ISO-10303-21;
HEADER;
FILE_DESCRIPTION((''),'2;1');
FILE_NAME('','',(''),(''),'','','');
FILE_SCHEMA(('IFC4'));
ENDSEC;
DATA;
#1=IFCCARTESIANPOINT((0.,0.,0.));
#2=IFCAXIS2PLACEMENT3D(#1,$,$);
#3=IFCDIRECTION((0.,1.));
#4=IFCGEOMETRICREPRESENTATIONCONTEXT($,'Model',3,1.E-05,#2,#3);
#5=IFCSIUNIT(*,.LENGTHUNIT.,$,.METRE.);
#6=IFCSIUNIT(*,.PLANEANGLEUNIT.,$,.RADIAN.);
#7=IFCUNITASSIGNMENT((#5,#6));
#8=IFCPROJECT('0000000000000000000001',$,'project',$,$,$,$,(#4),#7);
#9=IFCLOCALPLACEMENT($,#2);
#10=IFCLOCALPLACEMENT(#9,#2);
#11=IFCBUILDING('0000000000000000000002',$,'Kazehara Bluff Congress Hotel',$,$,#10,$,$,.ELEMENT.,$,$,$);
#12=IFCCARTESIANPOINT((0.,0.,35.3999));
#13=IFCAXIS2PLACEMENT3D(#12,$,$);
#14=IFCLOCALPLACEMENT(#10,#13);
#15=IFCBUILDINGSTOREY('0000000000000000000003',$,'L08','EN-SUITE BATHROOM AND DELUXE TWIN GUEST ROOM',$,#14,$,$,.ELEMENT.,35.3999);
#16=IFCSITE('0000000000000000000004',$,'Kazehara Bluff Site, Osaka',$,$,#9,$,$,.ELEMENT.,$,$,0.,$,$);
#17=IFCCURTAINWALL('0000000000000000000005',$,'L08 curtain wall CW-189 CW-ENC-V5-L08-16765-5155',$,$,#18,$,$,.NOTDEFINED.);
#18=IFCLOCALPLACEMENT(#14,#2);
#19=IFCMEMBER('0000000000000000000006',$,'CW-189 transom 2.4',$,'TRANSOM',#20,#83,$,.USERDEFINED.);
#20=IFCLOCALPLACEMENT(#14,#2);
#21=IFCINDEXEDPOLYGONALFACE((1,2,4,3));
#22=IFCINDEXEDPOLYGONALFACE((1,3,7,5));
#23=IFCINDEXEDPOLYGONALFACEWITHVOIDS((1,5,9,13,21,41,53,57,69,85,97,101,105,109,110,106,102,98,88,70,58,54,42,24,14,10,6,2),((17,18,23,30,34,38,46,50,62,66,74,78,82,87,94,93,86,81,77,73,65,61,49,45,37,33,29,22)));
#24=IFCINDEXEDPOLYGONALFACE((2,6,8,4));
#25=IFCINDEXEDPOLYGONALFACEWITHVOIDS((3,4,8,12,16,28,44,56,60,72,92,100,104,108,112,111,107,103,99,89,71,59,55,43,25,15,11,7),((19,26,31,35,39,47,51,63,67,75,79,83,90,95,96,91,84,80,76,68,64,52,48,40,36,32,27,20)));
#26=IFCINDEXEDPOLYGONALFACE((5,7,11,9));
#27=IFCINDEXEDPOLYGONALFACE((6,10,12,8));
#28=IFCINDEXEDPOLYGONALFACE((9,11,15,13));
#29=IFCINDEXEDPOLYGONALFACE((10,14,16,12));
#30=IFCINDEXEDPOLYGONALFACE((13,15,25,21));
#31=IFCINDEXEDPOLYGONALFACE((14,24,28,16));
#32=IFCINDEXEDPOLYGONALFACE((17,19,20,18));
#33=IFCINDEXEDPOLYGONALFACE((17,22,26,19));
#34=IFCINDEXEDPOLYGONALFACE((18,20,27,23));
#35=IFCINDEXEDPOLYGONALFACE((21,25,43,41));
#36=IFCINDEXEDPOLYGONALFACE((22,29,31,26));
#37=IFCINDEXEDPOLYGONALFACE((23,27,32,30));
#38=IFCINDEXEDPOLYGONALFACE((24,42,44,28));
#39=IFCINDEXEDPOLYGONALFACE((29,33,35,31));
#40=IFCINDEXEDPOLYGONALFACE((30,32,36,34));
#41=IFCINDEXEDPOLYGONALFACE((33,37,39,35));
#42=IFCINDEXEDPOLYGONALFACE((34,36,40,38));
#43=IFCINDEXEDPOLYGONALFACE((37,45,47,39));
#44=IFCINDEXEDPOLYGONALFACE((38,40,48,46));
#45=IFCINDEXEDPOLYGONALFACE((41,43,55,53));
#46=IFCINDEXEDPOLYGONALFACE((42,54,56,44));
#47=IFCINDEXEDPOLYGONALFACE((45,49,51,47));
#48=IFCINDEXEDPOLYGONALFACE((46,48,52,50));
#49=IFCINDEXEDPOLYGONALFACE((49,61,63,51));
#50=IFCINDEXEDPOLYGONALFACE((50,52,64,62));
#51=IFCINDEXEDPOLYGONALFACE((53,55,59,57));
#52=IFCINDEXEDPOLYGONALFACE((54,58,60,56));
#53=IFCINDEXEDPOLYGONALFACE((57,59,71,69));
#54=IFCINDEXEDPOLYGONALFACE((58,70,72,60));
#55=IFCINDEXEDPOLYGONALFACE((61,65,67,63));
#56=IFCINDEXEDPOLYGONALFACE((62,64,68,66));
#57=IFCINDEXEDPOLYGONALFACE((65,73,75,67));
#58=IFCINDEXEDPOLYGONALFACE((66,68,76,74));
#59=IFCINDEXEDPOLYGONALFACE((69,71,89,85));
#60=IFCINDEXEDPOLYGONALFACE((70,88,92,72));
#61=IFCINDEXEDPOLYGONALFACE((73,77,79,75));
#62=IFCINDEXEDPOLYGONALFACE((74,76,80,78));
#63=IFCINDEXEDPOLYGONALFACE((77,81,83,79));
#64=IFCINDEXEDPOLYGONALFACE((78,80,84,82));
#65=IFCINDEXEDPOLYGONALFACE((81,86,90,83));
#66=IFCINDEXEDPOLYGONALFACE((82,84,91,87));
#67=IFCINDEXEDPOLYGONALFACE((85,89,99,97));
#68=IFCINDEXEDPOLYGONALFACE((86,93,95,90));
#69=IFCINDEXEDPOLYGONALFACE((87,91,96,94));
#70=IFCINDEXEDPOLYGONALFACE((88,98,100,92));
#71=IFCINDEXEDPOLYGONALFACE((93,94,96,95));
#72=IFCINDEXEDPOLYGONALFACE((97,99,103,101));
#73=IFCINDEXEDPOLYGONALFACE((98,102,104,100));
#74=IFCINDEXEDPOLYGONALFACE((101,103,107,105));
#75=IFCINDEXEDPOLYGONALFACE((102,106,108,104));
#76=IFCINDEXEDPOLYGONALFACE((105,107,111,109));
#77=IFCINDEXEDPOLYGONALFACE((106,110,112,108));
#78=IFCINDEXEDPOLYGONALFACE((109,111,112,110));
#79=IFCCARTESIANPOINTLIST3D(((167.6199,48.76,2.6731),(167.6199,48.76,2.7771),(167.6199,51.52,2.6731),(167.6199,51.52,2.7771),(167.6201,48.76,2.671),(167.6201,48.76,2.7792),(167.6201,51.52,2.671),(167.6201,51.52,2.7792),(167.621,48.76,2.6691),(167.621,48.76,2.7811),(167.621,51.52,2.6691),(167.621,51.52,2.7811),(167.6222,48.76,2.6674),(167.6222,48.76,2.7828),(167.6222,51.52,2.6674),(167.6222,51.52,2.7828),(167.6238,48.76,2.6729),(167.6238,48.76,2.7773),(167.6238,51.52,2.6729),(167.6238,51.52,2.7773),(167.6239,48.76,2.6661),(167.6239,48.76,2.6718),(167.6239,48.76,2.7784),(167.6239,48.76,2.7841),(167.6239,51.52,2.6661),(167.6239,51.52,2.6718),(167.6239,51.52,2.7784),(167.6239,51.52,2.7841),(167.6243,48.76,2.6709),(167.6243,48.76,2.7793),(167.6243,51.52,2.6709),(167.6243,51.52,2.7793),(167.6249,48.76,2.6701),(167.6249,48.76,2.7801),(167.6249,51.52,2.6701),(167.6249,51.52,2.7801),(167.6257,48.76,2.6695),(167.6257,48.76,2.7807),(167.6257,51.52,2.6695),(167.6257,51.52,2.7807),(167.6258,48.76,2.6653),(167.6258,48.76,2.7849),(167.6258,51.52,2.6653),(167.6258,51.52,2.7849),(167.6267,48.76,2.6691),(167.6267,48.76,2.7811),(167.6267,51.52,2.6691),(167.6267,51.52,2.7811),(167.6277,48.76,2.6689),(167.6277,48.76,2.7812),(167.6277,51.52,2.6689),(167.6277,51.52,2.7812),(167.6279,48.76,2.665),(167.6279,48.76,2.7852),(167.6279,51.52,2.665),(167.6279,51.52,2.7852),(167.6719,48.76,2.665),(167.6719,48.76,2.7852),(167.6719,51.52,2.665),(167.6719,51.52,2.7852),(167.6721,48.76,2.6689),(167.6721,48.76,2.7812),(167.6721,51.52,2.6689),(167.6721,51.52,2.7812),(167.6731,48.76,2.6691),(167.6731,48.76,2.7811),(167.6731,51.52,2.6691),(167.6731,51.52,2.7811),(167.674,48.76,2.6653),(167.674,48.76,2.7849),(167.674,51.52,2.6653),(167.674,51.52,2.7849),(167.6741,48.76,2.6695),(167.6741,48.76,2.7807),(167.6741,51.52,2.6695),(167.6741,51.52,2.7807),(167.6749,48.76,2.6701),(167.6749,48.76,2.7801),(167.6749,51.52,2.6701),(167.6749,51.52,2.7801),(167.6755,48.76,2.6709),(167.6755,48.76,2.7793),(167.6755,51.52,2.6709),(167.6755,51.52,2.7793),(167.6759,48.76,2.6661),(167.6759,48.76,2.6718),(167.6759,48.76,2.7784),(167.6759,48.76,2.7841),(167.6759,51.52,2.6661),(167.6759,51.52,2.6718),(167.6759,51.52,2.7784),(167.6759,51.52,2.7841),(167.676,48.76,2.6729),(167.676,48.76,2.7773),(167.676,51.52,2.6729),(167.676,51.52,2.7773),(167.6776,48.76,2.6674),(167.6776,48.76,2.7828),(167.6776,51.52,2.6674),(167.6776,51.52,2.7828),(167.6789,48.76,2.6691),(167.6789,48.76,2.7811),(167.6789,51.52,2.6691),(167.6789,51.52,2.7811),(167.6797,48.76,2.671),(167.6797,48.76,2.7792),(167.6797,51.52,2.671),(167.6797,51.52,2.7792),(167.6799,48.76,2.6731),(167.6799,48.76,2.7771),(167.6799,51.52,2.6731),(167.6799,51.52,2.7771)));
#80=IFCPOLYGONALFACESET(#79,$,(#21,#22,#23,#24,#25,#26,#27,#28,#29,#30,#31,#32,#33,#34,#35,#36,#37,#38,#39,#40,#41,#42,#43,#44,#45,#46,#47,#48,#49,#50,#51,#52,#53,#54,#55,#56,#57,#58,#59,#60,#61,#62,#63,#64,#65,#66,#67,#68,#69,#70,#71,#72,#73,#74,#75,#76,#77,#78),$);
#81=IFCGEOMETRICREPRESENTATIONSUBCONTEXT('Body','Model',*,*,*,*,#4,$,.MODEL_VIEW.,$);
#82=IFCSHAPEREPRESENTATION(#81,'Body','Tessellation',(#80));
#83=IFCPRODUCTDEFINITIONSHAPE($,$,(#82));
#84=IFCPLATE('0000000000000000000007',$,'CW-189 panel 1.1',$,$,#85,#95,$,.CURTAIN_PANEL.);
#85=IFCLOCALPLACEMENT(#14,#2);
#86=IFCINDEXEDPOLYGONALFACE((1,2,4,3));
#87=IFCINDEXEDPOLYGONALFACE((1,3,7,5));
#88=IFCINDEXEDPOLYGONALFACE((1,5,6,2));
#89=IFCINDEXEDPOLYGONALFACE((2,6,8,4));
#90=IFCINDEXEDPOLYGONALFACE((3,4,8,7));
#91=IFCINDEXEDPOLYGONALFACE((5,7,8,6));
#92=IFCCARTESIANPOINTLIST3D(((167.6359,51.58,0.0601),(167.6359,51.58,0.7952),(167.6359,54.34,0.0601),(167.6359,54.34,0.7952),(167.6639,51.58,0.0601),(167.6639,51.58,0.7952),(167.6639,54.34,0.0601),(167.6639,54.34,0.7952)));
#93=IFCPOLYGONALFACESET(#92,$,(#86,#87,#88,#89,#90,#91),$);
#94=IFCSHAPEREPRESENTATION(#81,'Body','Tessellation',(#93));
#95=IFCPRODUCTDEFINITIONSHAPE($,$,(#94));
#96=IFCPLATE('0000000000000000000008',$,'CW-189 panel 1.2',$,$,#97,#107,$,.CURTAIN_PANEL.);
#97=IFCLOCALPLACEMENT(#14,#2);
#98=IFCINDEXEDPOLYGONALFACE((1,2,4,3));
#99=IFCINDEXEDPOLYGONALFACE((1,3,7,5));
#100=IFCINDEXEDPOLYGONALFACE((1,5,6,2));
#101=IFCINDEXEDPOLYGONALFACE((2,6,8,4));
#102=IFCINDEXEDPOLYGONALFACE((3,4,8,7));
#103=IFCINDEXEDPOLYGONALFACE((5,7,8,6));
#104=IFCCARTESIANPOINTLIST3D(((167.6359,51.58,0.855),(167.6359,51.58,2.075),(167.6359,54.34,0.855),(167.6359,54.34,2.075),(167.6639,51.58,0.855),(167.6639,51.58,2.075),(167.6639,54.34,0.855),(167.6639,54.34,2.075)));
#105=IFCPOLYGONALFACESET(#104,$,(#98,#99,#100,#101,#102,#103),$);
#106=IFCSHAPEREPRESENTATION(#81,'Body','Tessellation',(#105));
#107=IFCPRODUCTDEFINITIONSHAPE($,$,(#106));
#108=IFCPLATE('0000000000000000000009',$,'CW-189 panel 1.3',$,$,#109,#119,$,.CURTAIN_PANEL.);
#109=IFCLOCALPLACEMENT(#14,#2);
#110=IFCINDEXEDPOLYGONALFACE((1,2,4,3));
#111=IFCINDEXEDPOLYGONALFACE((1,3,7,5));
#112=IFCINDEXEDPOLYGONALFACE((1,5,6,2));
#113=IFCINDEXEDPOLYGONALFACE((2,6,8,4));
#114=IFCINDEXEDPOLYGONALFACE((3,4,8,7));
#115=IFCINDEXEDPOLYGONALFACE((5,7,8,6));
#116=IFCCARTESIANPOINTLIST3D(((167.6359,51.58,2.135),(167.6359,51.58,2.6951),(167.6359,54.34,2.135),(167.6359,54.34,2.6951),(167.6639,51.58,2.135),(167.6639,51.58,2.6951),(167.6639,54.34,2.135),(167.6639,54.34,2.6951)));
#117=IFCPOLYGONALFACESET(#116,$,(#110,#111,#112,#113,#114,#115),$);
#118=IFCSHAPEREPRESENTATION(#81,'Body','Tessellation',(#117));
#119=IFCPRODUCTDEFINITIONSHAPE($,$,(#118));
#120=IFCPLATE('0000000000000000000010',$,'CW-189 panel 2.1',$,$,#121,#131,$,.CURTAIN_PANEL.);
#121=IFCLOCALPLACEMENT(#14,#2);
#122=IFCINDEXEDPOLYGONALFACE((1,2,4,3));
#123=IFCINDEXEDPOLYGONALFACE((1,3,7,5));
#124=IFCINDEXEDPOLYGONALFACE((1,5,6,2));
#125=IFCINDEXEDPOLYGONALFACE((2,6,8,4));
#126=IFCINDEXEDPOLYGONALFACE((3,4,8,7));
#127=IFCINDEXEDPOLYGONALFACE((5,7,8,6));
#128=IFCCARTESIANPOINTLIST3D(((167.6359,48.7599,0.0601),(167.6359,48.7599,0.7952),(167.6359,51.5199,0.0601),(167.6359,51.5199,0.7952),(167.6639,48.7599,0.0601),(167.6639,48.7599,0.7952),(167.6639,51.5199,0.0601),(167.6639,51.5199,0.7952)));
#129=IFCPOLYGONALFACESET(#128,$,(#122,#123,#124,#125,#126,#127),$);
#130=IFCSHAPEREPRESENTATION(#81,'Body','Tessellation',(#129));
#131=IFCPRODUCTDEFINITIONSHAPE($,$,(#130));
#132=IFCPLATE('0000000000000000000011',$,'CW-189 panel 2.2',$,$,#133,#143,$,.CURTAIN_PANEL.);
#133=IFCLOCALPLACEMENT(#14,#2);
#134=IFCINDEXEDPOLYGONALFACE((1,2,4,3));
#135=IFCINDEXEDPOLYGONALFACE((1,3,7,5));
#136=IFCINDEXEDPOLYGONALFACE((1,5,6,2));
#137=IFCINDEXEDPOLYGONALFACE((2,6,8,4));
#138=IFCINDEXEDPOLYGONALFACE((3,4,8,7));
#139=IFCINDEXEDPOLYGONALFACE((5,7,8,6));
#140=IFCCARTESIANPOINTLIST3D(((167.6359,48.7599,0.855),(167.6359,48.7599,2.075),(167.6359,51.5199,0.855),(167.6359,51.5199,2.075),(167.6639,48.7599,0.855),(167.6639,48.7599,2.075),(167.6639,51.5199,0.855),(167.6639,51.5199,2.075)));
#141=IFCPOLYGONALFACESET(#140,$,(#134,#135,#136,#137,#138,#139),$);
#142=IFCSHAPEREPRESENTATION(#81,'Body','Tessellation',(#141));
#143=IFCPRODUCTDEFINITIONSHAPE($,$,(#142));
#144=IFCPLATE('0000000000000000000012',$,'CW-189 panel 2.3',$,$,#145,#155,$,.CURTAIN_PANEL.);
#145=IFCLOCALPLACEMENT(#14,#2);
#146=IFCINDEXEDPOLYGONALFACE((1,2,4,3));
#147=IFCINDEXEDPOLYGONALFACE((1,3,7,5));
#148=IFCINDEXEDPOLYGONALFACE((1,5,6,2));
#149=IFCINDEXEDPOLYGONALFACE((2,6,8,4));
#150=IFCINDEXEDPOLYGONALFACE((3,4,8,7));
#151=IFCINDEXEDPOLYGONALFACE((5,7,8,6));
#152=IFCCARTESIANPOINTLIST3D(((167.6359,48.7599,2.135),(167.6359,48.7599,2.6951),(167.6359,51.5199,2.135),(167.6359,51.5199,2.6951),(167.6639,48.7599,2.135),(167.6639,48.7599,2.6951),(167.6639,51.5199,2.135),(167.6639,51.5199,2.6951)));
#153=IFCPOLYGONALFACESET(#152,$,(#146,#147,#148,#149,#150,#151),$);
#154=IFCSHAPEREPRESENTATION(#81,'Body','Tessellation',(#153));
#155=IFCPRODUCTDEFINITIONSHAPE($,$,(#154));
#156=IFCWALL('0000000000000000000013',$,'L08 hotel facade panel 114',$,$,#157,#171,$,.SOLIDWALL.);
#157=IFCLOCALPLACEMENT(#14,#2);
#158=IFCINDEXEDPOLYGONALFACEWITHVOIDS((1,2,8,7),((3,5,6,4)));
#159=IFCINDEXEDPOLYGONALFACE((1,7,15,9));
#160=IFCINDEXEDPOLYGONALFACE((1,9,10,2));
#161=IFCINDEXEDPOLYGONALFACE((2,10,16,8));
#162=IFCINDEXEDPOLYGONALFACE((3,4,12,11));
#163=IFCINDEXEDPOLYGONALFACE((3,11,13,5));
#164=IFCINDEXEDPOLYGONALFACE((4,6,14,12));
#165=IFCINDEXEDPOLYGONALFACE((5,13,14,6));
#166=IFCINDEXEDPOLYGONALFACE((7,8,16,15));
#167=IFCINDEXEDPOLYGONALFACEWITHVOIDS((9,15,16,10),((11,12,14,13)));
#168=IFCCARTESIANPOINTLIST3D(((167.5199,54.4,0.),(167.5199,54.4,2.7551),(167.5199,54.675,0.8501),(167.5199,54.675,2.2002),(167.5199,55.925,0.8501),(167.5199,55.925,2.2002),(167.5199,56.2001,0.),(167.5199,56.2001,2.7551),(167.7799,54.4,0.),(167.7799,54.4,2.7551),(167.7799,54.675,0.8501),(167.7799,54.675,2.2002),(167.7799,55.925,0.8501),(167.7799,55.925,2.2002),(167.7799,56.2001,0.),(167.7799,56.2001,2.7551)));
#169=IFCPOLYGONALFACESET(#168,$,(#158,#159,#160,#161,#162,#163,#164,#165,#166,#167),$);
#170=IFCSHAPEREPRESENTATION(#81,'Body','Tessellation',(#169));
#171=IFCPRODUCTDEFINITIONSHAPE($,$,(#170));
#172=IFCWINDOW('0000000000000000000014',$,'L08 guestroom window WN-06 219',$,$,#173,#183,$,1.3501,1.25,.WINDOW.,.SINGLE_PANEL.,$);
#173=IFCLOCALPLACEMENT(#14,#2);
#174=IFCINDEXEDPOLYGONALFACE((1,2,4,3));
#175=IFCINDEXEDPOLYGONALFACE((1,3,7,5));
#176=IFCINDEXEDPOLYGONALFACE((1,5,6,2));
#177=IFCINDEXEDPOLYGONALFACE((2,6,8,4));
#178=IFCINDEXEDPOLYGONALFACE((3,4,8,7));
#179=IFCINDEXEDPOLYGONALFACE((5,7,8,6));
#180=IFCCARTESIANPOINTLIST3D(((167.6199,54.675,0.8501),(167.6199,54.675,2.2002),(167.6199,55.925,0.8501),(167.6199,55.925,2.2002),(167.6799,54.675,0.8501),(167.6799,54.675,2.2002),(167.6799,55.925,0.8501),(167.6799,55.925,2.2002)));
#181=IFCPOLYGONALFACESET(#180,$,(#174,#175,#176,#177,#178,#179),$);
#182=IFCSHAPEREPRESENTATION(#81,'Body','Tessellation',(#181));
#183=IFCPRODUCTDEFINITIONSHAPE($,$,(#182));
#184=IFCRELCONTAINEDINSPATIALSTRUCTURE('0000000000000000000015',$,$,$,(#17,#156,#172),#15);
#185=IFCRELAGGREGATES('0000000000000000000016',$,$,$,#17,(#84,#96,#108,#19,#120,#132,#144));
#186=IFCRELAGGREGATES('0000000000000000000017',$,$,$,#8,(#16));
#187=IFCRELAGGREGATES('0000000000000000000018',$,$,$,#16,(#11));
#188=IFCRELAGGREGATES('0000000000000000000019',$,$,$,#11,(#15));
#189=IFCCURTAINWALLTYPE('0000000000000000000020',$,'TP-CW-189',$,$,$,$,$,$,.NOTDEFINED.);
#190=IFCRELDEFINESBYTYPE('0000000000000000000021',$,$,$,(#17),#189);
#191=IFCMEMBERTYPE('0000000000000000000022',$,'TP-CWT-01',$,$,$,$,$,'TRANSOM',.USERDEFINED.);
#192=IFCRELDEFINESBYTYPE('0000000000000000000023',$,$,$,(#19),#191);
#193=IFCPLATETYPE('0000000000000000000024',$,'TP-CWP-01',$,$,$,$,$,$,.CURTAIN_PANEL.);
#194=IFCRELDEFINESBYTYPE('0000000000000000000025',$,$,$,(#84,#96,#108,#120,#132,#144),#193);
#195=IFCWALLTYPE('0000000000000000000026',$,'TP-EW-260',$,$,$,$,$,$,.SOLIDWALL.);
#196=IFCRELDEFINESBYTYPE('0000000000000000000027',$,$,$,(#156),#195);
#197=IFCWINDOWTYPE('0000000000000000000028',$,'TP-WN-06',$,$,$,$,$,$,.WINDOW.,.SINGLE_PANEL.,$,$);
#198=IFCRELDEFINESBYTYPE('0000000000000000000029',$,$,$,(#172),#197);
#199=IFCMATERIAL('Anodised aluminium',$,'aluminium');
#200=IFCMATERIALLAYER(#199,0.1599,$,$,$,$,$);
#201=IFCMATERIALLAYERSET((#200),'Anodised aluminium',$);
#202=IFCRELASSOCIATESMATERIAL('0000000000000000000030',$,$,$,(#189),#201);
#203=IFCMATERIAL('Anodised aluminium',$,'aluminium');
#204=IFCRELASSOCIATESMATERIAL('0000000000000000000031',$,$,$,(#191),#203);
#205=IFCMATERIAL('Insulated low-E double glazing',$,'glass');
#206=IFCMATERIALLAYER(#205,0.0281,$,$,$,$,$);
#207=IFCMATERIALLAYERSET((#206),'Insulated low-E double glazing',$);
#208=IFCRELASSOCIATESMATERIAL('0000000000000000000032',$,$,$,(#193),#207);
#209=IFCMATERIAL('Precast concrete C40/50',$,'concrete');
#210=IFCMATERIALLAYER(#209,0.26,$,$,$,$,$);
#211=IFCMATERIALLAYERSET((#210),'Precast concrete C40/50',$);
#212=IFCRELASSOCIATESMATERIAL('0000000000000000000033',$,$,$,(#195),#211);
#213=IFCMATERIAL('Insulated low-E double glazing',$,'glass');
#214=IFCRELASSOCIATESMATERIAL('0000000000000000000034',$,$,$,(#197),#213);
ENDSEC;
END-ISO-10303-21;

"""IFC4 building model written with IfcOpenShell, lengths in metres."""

from ifc_helpers import new_model, si_unit, direction, frame, frame_2d, origin, origin_2d, place, context, subcontext, project, spatial, rectangle, hollow_rectangle, extrude, material, layer, layer_set, material_profile, profile_set, type_object, element, fill, aggregate, save


model = new_model("IFC4")

# Units and contexts
model_context = context("Model", 3, precision=1e-05, world=origin(), true_north=direction((0.0, 1.0)))
body_context = subcontext(model_context, "Body", "Model", "MODEL_VIEW")
ifc_project = project(units=[si_unit("LENGTHUNIT", "METRE"), si_unit("PLANEANGLEUNIT", "RADIAN")], contexts=[model_context])

# Site, building, storey
site_placement = place(None, origin())
site = spatial("IfcSite", under=ifc_project, at=site_placement, Name="Kazehara Bluff Site, Osaka", CompositionType="ELEMENT", RefElevation=0.0)
building_placement = place(site_placement, origin())
building = spatial("IfcBuilding", under=site, at=building_placement, Name="Kazehara Bluff Congress Hotel", CompositionType="ELEMENT")
storey_placement = place(building_placement, frame((0.0, 0.0, 35.3999)))
storey = spatial("IfcBuildingStorey", under=building, at=storey_placement, Name="L08", Description="EN-SUITE BATHROOM AND DELUXE TWIN GUEST ROOM", CompositionType="ELEMENT", Elevation=35.3999)

# Curtain wall, member, plates
ifc_material_1 = material(Name="Anodised aluminium", Category="aluminium")
ifc_layer_1 = layer(ifc_material_1, 0.1599)
ifc_layer_set_1 = layer_set([ifc_layer_1], Name="Anodised aluminium")
curtain_wall_type = type_object("IfcCurtainWallType", Name="TP-CW-189", PredefinedType="NOTDEFINED", material=ifc_layer_set_1)
curtain_wall_placement = place(storey_placement, origin())
curtain_wall = element("IfcCurtainWall", 1, at=curtain_wall_placement, inside=storey, type_object=curtain_wall_type, Name="L08 curtain wall CW-189 CW-ENC-V5-L08-16765-5155", PredefinedType="NOTDEFINED")
ifc_material_2 = material(Name="Anodised aluminium", Category="aluminium")
ifc_material_profile_1 = material_profile(ifc_material_2, hollow_rectangle(XDim=0.0601, YDim=0.1201, WallThickness=0.0039, InnerFilletRadius=0.0039, OuterFilletRadius=0.0081, at=origin_2d()))
ifc_profile_set_1 = profile_set([ifc_material_profile_1], Name="Anodised aluminium")
member_type_1 = type_object("IfcMemberType", Name="TP-CWT-01", ElementType="TRANSOM", PredefinedType="USERDEFINED", material=ifc_profile_set_1)
member_1_placement = place(storey_placement, frame((167.6499, 51.52, 2.7251), z_axis=(0.0, -1.0, 0.0), x_axis=(1.0, 0.0, 0.0)))
member_1 = element("IfcMember", 2, at=member_1_placement, type_object=member_type_1, Name="CW-189 transom 2.4", ObjectType="TRANSOM", PredefinedType="USERDEFINED", context=body_context, shape_type="SweptSolid", body=[
    extrude(hollow_rectangle(XDim=0.0601, YDim=0.1201, WallThickness=0.0039, InnerFilletRadius=0.0039, OuterFilletRadius=0.0081, at=origin_2d()), origin(), (0.0, 0.0, 1.0), 2.76),
])
ifc_material_3 = material(Name="Insulated low-E double glazing", Category="glass")
ifc_layer_2 = layer(ifc_material_3, 0.0281)
ifc_layer_set_2 = layer_set([ifc_layer_2], Name="Insulated low-E double glazing")
plate_type = type_object("IfcPlateType", Name="TP-CWP-01", PredefinedType="CURTAIN_PANEL", material=ifc_layer_set_2)
plate_1_placement = place(storey_placement, frame((167.6499, 52.96, 0.0601), z_axis=(0.0, 0.0, 1.0), x_axis=(0.0, -1.0, 0.0)))
plate_1 = element("IfcPlate", 3, at=plate_1_placement, type_object=plate_type, Name="CW-189 panel 1.1", PredefinedType="CURTAIN_PANEL", context=body_context, shape_type="SweptSolid", body=[
    extrude(rectangle(XDim=2.76, YDim=0.0281, at=origin_2d()), origin(), (0.0, 0.0, 1.0), 0.7351),
])
plate_2_placement = place(storey_placement, frame((167.6499, 52.96, 0.855), z_axis=(0.0, 0.0, 1.0), x_axis=(0.0, -1.0, 0.0)))
plate_2 = element("IfcPlate", 4, at=plate_2_placement, type_object=plate_type, Name="CW-189 panel 1.2", PredefinedType="CURTAIN_PANEL", context=body_context, shape_type="SweptSolid", body=[
    extrude(rectangle(XDim=2.76, YDim=0.0281, at=origin_2d()), origin(), (0.0, 0.0, 1.0), 1.22),
])
plate_3_placement = place(storey_placement, frame((167.6499, 52.96, 2.135), z_axis=(0.0, 0.0, 1.0), x_axis=(0.0, -1.0, 0.0)))
plate_3 = element("IfcPlate", 5, at=plate_3_placement, type_object=plate_type, Name="CW-189 panel 1.3", PredefinedType="CURTAIN_PANEL", context=body_context, shape_type="SweptSolid", body=[
    extrude(rectangle(XDim=2.76, YDim=0.0281, at=origin_2d()), origin(), (0.0, 0.0, 1.0), 0.5601),
])
plate_4_placement = place(storey_placement, frame((167.6499, 50.1399, 0.0601), z_axis=(0.0, 0.0, 1.0), x_axis=(0.0, -1.0, 0.0)))
plate_4 = element("IfcPlate", 6, at=plate_4_placement, type_object=plate_type, Name="CW-189 panel 2.1", PredefinedType="CURTAIN_PANEL", context=body_context, shape_type="SweptSolid", body=[
    extrude(rectangle(XDim=2.76, YDim=0.0281, at=origin_2d()), origin(), (0.0, 0.0, 1.0), 0.7351),
])
plate_5_placement = place(storey_placement, frame((167.6499, 50.1399, 0.855), z_axis=(0.0, 0.0, 1.0), x_axis=(0.0, -1.0, 0.0)))
plate_5 = element("IfcPlate", 7, at=plate_5_placement, type_object=plate_type, Name="CW-189 panel 2.2", PredefinedType="CURTAIN_PANEL", context=body_context, shape_type="SweptSolid", body=[
    extrude(rectangle(XDim=2.76, YDim=0.0281, at=origin_2d()), origin(), (0.0, 0.0, 1.0), 1.22),
])
plate_6_placement = place(storey_placement, frame((167.6499, 50.1399, 2.135), z_axis=(0.0, 0.0, 1.0), x_axis=(0.0, -1.0, 0.0)))
plate_6 = element("IfcPlate", 8, at=plate_6_placement, type_object=plate_type, Name="CW-189 panel 2.3", PredefinedType="CURTAIN_PANEL", context=body_context, shape_type="SweptSolid", body=[
    extrude(rectangle(XDim=2.76, YDim=0.0281, at=origin_2d()), origin(), (0.0, 0.0, 1.0), 0.5601),
])
aggregate(curtain_wall, [plate_1, plate_2, plate_3, member_1, plate_4, plate_5, plate_6])

# Wall, opening, window
ifc_material_4 = material(Name="Precast concrete C40/50", Category="concrete")
ifc_layer_3 = layer(ifc_material_4, 0.26)
ifc_layer_set_3 = layer_set([ifc_layer_3], Name="Precast concrete C40/50")
wall_type = type_object("IfcWallType", Name="TP-EW-260", PredefinedType="SOLIDWALL", material=ifc_layer_set_3)
wall_placement = place(storey_placement, frame((167.6499, 56.2, 0.0), z_axis=(0.0, 0.0, 1.0), x_axis=(0.0, -1.0, 0.0)))
wall = element("IfcWall", 9, at=wall_placement, inside=storey, type_object=wall_type, Name="L08 hotel facade panel 114", PredefinedType="SOLIDWALL", context=body_context, shape_type="SweptSolid", body=[
    extrude(rectangle(XDim=1.8, YDim=0.26, at=frame_2d((0.8999, 0.0))), origin(), (0.0, 0.0, 1.0), 2.7551),
])
opening_placement = place(wall_placement, frame((0.2749, 0.0, 0.8501)))
opening = element("IfcOpeningElement", 10, at=opening_placement, cuts=wall, PredefinedType="OPENING", context=body_context, shape_type="SweptSolid", body=[
    extrude(rectangle(XDim=1.25, YDim=1.3501, at=frame_2d((0.625, 0.675))), frame((0.0, 0.1399, 0.0), z_axis=(0.0, -1.0, 0.0), x_axis=(1.0, 0.0, 0.0)), (0.0, 0.0, 1.0), 0.28),
])
ifc_material_5 = material(Name="Insulated low-E double glazing", Category="glass")
window_type = type_object("IfcWindowType", Name="TP-WN-06", PartitioningType="SINGLE_PANEL", PredefinedType="WINDOW", material=ifc_material_5)
window_placement = place(opening_placement, origin())
window = element("IfcWindow", 11, at=window_placement, inside=storey, type_object=window_type, Name="L08 guestroom window WN-06 219", OverallHeight=1.3501, OverallWidth=1.25, PartitioningType="SINGLE_PANEL", PredefinedType="WINDOW", context=body_context, shape_type="SweptSolid", body=[
    extrude(rectangle(XDim=1.25, YDim=1.3501, at=frame_2d((0.625, 0.675))), frame((0.0, 0.03, 0.0), z_axis=(0.0, -1.0, 0.0), x_axis=(1.0, 0.0, 0.0)), (0.0, 0.0, 1.0), 0.0601),
])
fill(opening, window)

save(model, "model.ifc")
